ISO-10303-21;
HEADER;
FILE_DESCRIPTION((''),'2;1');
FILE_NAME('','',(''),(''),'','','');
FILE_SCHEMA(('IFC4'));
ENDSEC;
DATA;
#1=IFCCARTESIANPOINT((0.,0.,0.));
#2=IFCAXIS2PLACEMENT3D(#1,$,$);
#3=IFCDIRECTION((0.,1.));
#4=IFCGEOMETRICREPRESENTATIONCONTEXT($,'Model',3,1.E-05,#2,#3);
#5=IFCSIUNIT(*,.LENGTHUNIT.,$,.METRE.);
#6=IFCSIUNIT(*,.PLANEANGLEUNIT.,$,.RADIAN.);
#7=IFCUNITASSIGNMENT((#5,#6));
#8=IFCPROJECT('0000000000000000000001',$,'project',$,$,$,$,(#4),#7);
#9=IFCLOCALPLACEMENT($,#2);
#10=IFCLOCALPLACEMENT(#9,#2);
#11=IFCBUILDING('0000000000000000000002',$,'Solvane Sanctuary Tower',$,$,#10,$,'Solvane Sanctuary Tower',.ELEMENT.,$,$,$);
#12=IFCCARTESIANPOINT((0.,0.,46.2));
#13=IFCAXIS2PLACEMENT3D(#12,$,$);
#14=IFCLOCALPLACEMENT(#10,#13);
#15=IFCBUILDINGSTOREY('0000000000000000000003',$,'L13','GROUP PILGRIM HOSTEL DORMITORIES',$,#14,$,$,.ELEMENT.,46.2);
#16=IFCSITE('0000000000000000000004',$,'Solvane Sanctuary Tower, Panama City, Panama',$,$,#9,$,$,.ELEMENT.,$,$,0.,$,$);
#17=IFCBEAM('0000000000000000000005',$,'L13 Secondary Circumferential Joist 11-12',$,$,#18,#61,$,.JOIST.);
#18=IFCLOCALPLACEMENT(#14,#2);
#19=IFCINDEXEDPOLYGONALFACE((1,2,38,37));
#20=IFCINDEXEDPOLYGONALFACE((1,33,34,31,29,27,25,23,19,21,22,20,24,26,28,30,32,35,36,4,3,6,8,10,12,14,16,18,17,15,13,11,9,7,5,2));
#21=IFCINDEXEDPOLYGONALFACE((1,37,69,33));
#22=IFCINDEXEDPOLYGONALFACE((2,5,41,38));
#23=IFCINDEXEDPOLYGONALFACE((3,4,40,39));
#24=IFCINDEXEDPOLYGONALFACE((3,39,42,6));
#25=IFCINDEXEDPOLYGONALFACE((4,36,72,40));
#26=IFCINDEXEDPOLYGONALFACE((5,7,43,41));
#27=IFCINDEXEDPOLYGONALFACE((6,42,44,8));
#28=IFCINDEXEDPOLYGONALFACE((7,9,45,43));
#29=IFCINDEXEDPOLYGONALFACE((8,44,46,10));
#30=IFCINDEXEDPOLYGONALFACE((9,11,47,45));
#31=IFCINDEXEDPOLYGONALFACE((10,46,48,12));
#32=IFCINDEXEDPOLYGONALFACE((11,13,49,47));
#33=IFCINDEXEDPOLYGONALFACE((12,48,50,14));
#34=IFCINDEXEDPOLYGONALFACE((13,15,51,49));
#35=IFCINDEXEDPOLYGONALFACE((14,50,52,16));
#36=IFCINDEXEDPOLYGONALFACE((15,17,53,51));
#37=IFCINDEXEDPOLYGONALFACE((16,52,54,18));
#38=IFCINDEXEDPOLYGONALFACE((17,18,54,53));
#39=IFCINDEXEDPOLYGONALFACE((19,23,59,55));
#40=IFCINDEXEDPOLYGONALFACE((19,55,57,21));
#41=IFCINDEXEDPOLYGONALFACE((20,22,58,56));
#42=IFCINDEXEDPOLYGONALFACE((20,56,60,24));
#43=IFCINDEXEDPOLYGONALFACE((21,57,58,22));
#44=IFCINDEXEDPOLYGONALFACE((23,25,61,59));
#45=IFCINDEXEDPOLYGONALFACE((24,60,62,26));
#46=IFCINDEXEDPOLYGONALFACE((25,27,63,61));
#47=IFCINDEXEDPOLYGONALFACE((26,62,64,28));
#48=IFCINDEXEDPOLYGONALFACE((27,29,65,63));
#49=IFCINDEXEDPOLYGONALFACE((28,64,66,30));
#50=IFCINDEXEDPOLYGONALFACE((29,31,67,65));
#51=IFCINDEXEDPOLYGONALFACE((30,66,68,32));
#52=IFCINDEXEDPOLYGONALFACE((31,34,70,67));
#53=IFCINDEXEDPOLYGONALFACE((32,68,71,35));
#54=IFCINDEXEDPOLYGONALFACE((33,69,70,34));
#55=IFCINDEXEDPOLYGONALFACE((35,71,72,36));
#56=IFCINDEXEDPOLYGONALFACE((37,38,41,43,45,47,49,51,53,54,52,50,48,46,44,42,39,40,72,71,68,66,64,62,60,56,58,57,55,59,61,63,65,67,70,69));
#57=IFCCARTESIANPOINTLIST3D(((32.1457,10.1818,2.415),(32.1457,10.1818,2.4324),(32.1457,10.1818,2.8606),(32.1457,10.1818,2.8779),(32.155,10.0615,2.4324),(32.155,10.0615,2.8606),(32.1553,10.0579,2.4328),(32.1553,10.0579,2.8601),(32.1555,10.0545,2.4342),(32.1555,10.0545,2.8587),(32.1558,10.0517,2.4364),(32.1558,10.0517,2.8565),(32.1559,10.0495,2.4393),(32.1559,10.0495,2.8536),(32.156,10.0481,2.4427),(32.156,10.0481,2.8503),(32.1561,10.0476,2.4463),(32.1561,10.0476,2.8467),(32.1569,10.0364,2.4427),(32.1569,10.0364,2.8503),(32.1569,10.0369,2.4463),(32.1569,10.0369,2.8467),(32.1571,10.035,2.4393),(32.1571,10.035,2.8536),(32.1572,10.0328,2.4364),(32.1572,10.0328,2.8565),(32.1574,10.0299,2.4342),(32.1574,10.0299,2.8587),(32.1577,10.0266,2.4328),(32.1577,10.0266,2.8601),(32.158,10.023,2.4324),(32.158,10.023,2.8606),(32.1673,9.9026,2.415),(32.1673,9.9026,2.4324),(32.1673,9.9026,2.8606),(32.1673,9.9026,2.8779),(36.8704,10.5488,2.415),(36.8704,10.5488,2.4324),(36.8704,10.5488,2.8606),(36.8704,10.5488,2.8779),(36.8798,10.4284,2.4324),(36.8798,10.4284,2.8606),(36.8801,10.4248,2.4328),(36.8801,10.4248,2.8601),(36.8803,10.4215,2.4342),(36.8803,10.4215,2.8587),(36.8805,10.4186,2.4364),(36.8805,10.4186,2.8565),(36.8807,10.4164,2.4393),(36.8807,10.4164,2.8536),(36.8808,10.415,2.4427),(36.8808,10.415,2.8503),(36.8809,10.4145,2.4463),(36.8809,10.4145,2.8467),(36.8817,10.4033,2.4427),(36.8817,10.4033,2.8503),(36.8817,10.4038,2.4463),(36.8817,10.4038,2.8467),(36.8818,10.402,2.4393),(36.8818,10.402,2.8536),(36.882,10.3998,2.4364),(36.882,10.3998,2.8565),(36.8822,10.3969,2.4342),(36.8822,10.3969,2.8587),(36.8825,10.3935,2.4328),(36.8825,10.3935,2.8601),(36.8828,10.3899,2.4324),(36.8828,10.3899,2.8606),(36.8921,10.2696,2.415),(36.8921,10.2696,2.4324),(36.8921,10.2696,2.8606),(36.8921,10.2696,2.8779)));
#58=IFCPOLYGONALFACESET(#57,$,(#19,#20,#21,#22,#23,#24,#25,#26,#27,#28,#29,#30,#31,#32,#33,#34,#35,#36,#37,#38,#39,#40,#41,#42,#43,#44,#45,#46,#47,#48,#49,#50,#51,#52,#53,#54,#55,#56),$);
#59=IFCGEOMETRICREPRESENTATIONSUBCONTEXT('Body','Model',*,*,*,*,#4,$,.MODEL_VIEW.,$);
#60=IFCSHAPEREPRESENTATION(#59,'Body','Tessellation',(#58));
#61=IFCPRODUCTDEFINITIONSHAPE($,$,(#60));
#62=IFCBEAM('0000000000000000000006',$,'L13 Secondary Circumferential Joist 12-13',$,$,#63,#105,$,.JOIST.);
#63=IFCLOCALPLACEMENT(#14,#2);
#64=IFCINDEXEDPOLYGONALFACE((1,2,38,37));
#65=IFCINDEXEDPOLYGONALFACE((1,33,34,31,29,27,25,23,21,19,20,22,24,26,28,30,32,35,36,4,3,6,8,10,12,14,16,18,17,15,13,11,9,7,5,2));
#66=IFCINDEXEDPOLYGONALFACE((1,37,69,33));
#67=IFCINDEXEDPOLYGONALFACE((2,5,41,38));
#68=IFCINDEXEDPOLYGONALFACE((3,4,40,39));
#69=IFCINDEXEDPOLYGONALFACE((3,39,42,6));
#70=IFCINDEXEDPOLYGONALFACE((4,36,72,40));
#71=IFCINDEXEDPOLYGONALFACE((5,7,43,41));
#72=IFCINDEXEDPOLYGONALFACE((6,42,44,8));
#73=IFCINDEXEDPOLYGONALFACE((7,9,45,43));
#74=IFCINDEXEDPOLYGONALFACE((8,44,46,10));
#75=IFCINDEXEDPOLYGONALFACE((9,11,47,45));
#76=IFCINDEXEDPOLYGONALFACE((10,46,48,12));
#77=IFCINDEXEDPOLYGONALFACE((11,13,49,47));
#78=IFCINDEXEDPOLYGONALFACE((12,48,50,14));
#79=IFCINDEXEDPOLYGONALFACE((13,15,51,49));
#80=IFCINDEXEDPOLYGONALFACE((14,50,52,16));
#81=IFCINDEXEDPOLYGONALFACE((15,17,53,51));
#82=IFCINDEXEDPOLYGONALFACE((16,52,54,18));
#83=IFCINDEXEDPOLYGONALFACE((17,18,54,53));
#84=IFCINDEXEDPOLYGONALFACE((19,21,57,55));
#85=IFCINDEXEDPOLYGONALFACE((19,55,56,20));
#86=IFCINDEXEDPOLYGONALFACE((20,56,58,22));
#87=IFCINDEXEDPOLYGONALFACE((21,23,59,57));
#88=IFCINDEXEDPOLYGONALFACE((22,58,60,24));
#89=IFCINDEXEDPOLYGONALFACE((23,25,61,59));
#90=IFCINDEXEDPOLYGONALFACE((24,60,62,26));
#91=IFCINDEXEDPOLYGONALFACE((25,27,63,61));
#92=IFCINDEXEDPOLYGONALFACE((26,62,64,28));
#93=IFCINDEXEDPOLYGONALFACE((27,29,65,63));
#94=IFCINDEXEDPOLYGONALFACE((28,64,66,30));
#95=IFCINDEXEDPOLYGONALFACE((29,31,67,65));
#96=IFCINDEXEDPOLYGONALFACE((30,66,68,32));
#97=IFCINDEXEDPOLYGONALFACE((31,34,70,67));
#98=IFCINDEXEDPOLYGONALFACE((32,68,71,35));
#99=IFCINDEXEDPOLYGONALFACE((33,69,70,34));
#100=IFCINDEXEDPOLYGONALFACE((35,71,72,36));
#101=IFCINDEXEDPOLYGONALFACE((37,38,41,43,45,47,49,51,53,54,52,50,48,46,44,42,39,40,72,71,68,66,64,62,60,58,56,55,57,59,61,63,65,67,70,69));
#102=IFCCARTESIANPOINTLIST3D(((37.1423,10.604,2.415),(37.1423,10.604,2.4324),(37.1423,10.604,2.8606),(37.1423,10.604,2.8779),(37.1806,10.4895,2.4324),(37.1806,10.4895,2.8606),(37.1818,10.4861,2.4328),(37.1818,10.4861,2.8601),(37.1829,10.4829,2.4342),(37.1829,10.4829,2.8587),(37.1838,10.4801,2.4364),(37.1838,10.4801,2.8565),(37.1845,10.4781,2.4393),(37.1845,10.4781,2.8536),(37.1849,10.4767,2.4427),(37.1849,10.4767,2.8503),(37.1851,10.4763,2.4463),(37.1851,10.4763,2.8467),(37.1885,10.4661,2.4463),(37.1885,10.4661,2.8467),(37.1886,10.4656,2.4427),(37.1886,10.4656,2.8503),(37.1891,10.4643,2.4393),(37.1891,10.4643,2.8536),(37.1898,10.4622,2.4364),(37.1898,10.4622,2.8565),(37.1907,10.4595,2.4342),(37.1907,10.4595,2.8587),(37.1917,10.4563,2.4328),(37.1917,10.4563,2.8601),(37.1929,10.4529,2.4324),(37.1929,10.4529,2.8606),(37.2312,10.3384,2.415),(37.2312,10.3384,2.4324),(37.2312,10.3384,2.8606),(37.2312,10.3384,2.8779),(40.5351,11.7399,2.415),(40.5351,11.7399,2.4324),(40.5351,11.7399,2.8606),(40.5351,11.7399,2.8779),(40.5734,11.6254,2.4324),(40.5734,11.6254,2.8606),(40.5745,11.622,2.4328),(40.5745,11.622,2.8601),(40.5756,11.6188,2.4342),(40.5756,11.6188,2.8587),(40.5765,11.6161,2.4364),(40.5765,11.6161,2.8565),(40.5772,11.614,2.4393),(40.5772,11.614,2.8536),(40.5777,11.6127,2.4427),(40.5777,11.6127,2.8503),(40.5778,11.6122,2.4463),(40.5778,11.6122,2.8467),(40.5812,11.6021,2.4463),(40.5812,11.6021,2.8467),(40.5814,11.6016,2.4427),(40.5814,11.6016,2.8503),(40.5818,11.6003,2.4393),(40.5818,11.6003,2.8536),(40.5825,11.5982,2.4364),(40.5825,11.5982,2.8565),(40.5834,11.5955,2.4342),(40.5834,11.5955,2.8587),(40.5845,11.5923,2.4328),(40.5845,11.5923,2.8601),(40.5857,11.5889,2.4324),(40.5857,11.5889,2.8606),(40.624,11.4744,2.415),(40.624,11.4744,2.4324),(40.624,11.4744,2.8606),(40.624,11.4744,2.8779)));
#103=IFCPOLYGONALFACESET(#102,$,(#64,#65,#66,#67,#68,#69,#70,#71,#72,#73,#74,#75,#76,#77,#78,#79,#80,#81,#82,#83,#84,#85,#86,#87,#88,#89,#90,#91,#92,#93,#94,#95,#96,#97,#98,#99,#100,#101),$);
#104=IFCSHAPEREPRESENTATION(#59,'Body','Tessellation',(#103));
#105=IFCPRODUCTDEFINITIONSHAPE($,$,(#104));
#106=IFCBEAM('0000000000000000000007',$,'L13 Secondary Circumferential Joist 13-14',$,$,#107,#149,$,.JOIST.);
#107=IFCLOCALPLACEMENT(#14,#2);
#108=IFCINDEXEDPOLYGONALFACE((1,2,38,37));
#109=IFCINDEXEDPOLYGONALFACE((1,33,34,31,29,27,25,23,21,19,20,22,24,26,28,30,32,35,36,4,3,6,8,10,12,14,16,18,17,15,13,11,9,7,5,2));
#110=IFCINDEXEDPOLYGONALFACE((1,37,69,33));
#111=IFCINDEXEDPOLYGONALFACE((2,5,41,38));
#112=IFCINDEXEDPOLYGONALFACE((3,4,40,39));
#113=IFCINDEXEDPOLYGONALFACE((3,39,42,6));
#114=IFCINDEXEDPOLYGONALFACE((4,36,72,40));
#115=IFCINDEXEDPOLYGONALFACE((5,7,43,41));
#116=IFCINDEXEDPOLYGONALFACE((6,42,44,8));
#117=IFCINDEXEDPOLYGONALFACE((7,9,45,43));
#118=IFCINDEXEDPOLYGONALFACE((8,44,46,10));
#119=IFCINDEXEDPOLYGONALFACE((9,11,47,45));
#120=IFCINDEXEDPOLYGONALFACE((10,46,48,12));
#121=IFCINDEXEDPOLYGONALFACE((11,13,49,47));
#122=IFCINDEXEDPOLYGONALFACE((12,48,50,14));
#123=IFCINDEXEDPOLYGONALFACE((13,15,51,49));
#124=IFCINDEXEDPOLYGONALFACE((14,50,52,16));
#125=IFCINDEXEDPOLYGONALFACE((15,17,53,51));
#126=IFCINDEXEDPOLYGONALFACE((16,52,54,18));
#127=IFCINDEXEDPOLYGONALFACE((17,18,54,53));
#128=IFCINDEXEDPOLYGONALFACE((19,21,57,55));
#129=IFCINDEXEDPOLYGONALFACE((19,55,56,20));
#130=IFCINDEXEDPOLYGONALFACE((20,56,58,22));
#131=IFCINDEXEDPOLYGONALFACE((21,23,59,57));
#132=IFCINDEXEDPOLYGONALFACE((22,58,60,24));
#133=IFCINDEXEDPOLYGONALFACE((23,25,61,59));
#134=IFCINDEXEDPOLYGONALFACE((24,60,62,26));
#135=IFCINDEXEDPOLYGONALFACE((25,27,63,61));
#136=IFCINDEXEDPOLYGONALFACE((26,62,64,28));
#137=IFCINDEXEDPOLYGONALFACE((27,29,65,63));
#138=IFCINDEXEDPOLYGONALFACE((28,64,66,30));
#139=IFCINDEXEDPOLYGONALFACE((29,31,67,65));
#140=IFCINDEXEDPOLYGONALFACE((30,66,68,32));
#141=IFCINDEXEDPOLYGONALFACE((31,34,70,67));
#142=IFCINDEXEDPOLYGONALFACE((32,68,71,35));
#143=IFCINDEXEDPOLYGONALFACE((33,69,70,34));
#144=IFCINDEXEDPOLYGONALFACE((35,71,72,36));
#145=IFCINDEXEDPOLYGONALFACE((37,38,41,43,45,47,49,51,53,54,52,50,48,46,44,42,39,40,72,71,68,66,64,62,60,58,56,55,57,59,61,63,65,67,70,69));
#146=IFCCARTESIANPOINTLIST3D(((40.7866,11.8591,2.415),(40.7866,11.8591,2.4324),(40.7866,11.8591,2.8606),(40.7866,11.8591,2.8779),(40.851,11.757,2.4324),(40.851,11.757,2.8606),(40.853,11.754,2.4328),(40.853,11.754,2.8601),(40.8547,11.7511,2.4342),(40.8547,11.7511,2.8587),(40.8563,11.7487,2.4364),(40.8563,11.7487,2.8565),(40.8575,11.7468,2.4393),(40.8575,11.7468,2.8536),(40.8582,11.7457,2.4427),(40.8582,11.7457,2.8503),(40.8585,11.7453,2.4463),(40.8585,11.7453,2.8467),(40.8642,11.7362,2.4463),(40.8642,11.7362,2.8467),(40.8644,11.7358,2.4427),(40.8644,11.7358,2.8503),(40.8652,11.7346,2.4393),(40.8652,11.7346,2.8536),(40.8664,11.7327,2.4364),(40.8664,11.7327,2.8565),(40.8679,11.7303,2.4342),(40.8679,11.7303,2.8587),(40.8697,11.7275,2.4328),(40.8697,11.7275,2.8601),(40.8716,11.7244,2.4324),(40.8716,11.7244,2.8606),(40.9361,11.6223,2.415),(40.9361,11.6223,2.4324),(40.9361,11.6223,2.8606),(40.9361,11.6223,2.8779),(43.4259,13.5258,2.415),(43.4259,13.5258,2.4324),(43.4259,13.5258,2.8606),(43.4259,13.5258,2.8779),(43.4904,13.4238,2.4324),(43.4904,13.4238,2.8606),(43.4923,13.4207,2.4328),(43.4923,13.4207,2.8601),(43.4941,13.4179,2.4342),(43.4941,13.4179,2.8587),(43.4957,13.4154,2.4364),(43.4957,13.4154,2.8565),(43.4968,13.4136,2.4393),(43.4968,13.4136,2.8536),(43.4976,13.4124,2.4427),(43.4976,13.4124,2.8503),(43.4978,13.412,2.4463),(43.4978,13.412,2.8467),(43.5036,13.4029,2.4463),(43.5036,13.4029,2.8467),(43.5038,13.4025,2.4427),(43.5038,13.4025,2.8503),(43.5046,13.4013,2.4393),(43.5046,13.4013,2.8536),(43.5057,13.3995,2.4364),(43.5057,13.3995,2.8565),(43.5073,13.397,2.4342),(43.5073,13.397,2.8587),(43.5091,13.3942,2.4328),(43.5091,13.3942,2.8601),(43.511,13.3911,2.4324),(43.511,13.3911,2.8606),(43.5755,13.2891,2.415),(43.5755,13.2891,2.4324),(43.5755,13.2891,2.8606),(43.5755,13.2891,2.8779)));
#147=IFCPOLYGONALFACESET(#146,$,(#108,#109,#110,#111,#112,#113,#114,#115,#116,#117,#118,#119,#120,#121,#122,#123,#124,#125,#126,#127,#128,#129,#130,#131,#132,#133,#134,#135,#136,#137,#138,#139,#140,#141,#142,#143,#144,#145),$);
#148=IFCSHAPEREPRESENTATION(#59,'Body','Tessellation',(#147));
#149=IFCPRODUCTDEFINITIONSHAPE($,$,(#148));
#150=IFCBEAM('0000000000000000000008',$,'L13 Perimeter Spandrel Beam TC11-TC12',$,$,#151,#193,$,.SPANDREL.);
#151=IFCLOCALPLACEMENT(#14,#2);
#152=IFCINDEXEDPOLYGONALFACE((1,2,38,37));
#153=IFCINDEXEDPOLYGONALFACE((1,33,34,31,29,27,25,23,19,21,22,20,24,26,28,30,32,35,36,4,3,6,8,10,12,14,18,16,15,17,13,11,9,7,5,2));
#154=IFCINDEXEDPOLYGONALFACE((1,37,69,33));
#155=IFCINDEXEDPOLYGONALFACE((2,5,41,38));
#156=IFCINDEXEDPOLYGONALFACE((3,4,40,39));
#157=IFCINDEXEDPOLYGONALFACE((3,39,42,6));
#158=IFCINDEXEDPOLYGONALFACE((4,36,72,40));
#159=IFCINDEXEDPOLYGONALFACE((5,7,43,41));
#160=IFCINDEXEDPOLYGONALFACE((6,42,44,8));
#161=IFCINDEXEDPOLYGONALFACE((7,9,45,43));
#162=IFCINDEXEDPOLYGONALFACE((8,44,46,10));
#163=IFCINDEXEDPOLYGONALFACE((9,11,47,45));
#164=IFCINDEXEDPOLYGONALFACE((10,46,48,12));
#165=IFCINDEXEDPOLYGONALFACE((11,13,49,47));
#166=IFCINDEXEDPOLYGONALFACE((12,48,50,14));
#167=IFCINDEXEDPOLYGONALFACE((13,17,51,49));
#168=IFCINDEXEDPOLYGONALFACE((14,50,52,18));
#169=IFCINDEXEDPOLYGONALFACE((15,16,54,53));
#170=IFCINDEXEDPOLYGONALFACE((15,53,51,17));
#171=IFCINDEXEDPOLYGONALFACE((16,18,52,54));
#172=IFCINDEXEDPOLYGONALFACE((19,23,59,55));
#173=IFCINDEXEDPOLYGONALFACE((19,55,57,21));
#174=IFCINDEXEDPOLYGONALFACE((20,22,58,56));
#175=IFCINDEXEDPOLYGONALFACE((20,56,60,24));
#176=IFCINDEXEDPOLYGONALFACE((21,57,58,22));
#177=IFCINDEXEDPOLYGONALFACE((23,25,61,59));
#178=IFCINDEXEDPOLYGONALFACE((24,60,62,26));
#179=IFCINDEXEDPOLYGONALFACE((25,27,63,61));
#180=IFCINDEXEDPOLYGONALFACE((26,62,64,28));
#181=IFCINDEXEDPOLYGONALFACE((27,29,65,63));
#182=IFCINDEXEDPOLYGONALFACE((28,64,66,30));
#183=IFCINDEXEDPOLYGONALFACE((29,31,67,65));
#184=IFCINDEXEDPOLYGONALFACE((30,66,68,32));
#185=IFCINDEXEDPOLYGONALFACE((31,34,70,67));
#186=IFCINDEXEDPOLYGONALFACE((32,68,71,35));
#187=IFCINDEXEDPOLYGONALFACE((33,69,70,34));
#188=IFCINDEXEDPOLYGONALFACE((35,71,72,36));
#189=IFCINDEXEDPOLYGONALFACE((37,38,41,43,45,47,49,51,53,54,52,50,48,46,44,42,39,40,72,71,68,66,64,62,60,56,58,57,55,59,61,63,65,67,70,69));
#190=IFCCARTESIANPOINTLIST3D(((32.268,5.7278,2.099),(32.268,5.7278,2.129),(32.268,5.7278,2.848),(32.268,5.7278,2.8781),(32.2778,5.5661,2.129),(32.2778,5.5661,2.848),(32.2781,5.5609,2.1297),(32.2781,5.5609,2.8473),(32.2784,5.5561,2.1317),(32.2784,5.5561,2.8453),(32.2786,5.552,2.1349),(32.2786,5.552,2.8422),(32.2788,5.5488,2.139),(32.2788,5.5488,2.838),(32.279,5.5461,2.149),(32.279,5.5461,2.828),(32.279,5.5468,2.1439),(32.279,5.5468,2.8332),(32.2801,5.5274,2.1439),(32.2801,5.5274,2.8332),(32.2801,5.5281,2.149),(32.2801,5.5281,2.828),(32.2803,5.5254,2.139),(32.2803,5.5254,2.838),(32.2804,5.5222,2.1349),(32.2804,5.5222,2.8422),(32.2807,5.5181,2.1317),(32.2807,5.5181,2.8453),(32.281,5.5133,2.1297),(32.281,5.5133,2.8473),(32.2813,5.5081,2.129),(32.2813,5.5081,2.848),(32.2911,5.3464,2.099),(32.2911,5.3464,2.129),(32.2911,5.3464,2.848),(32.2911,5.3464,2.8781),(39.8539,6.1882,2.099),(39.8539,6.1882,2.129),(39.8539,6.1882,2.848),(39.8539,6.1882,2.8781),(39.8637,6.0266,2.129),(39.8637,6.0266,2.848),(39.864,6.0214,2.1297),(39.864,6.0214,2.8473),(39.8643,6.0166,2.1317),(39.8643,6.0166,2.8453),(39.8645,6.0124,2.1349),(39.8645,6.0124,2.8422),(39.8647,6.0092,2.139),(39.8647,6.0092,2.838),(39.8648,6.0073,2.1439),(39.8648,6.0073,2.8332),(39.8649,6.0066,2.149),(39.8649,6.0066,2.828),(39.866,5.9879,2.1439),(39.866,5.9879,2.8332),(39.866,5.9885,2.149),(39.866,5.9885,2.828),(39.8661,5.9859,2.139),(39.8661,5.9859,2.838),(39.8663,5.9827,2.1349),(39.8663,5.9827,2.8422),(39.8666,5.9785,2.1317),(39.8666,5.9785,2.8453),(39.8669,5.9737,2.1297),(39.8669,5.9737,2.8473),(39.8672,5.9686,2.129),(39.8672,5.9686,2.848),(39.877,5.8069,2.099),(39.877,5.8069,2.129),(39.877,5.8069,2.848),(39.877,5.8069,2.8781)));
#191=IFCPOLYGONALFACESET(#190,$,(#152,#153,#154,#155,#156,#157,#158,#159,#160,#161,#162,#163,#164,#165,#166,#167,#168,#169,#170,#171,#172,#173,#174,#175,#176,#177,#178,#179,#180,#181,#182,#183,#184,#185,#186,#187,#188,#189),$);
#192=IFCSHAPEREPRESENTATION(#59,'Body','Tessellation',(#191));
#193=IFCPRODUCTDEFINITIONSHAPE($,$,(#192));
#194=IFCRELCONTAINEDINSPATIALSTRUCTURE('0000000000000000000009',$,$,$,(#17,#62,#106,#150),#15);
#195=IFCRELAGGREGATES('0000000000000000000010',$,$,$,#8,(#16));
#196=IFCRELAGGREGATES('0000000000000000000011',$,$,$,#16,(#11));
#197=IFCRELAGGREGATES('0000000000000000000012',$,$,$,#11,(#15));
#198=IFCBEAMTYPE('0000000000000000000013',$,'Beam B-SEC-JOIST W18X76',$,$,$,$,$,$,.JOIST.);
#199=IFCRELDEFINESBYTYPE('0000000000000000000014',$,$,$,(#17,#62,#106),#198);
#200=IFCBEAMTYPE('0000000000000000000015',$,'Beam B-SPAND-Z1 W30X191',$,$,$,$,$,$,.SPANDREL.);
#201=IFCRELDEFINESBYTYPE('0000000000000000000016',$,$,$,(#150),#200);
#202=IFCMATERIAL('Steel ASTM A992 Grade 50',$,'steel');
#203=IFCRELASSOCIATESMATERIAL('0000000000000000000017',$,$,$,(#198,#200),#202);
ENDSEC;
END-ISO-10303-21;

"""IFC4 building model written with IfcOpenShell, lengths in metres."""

from ifc_helpers import new_model, si_unit, direction, frame, origin, origin_2d, place, context, subcontext, project, spatial, i_section, extrude, material, material_profile, profile_set, type_object, element, save


model = new_model("IFC4")

# Units and contexts
model_context = context("Model", 3, precision=1e-05, world=origin(), true_north=direction((0.0, 1.0)))
body_context = subcontext(model_context, "Body", "Model", "MODEL_VIEW")
ifc_project = project(units=[si_unit("LENGTHUNIT", "METRE"), si_unit("PLANEANGLEUNIT", "RADIAN")], contexts=[model_context])

# Site, building, storey
site_placement = place(None, origin())
site = spatial("IfcSite", under=ifc_project, at=site_placement, Name="Solvane Sanctuary Tower, Panama City, Panama", CompositionType="ELEMENT", RefElevation=0.0)
building_placement = place(site_placement, origin())
building = spatial("IfcBuilding", under=site, at=building_placement, Name="Solvane Sanctuary Tower", LongName="Solvane Sanctuary Tower", CompositionType="ELEMENT")
storey_placement = place(building_placement, frame((0.0, 0.0, 46.2)))
storey = spatial("IfcBuildingStorey", under=building, at=storey_placement, Name="L13", Description="GROUP PILGRIM HOSTEL DORMITORIES", CompositionType="ELEMENT", Elevation=46.2)

# Beams
ifc_material_1 = material(Name="Steel ASTM A992 Grade 50", Category="steel")
ifc_material_profile_1 = material_profile(ifc_material_1, i_section(OverallWidth=0.28, OverallDepth=0.4629, WebThickness=0.0107, FlangeThickness=0.0173, FilletRadius=0.0139, at=origin_2d()), Name="W18X76")
ifc_profile_set_1 = profile_set([ifc_material_profile_1], Name="Steel ASTM A992 Grade 50")
beam_type_1 = type_object("IfcBeamType", Name="Beam B-SEC-JOIST W18X76", PredefinedType="JOIST", material=ifc_profile_set_1)
beam_1_placement = place(storey_placement, frame((32.1565, 10.0422, 2.6465), z_axis=(0.996998, 0.077429, 0.0), x_axis=(-0.077429, 0.996998, 0.0)))
element("IfcBeam", 1, at=beam_1_placement, inside=storey, type_object=beam_type_1, Name="L13 Secondary Circumferential Joist 11-12", PredefinedType="JOIST", context=body_context, shape_type="SweptSolid", body=[
    extrude(i_section(OverallWidth=0.28, OverallDepth=0.4629, WebThickness=0.0107, FlangeThickness=0.0173, FilletRadius=0.0139, at=origin_2d()), origin(), (0.0, 0.0, 1.0), 4.739),
])
beam_2_placement = place(storey_placement, frame((37.1868, 10.4712, 2.6465), z_axis=(0.948259, 0.317497, 0.0), x_axis=(-0.317497, 0.948259, 0.0)))
element("IfcBeam", 2, at=beam_2_placement, inside=storey, type_object=beam_type_1, Name="L13 Secondary Circumferential Joist 12-13", PredefinedType="JOIST", context=body_context, shape_type="SweptSolid", body=[
    extrude(i_section(OverallWidth=0.28, OverallDepth=0.4629, WebThickness=0.0107, FlangeThickness=0.0173, FilletRadius=0.0139, at=origin_2d()), origin(), (0.0, 0.0, 1.0), 3.5779),
])
beam_3_placement = place(storey_placement, frame((40.8613, 11.7407, 2.6465), z_axis=(0.845524, 0.533937, 0.0), x_axis=(-0.533937, 0.845524, 0.0)))
element("IfcBeam", 3, at=beam_3_placement, inside=storey, type_object=beam_type_1, Name="L13 Secondary Circumferential Joist 13-14", PredefinedType="JOIST", context=body_context, shape_type="SweptSolid", body=[
    extrude(i_section(OverallWidth=0.28, OverallDepth=0.4629, WebThickness=0.0107, FlangeThickness=0.0173, FilletRadius=0.0139, at=origin_2d()), origin(), (0.0, 0.0, 1.0), 3.1216),
])
ifc_material_profile_2 = material_profile(ifc_material_1, i_section(OverallWidth=0.3821, OverallDepth=0.7791, WebThickness=0.0181, FlangeThickness=0.03, FilletRadius=0.02, at=origin_2d()), Name="W30X191")
ifc_profile_set_2 = profile_set([ifc_material_profile_2], Name="Steel ASTM A992 Grade 50")
beam_type_2 = type_object("IfcBeamType", Name="Beam B-SPAND-Z1 W30X191", PredefinedType="SPANDREL", material=ifc_profile_set_2)
beam_4_placement = place(storey_placement, frame((32.2795, 5.5371, 2.4885), z_axis=(0.998163, 0.060586, 0.0), x_axis=(-0.060586, 0.998163, 0.0)))
element("IfcBeam", 4, at=beam_4_placement, inside=storey, type_object=beam_type_2, Name="L13 Perimeter Spandrel Beam TC11-TC12", PredefinedType="SPANDREL", context=body_context, shape_type="SweptSolid", body=[
    extrude(i_section(OverallWidth=0.3821, OverallDepth=0.7791, WebThickness=0.0181, FlangeThickness=0.03, FilletRadius=0.02, at=origin_2d()), origin(), (0.0, 0.0, 1.0), 7.5999),
])

save(model, "model.ifc")
